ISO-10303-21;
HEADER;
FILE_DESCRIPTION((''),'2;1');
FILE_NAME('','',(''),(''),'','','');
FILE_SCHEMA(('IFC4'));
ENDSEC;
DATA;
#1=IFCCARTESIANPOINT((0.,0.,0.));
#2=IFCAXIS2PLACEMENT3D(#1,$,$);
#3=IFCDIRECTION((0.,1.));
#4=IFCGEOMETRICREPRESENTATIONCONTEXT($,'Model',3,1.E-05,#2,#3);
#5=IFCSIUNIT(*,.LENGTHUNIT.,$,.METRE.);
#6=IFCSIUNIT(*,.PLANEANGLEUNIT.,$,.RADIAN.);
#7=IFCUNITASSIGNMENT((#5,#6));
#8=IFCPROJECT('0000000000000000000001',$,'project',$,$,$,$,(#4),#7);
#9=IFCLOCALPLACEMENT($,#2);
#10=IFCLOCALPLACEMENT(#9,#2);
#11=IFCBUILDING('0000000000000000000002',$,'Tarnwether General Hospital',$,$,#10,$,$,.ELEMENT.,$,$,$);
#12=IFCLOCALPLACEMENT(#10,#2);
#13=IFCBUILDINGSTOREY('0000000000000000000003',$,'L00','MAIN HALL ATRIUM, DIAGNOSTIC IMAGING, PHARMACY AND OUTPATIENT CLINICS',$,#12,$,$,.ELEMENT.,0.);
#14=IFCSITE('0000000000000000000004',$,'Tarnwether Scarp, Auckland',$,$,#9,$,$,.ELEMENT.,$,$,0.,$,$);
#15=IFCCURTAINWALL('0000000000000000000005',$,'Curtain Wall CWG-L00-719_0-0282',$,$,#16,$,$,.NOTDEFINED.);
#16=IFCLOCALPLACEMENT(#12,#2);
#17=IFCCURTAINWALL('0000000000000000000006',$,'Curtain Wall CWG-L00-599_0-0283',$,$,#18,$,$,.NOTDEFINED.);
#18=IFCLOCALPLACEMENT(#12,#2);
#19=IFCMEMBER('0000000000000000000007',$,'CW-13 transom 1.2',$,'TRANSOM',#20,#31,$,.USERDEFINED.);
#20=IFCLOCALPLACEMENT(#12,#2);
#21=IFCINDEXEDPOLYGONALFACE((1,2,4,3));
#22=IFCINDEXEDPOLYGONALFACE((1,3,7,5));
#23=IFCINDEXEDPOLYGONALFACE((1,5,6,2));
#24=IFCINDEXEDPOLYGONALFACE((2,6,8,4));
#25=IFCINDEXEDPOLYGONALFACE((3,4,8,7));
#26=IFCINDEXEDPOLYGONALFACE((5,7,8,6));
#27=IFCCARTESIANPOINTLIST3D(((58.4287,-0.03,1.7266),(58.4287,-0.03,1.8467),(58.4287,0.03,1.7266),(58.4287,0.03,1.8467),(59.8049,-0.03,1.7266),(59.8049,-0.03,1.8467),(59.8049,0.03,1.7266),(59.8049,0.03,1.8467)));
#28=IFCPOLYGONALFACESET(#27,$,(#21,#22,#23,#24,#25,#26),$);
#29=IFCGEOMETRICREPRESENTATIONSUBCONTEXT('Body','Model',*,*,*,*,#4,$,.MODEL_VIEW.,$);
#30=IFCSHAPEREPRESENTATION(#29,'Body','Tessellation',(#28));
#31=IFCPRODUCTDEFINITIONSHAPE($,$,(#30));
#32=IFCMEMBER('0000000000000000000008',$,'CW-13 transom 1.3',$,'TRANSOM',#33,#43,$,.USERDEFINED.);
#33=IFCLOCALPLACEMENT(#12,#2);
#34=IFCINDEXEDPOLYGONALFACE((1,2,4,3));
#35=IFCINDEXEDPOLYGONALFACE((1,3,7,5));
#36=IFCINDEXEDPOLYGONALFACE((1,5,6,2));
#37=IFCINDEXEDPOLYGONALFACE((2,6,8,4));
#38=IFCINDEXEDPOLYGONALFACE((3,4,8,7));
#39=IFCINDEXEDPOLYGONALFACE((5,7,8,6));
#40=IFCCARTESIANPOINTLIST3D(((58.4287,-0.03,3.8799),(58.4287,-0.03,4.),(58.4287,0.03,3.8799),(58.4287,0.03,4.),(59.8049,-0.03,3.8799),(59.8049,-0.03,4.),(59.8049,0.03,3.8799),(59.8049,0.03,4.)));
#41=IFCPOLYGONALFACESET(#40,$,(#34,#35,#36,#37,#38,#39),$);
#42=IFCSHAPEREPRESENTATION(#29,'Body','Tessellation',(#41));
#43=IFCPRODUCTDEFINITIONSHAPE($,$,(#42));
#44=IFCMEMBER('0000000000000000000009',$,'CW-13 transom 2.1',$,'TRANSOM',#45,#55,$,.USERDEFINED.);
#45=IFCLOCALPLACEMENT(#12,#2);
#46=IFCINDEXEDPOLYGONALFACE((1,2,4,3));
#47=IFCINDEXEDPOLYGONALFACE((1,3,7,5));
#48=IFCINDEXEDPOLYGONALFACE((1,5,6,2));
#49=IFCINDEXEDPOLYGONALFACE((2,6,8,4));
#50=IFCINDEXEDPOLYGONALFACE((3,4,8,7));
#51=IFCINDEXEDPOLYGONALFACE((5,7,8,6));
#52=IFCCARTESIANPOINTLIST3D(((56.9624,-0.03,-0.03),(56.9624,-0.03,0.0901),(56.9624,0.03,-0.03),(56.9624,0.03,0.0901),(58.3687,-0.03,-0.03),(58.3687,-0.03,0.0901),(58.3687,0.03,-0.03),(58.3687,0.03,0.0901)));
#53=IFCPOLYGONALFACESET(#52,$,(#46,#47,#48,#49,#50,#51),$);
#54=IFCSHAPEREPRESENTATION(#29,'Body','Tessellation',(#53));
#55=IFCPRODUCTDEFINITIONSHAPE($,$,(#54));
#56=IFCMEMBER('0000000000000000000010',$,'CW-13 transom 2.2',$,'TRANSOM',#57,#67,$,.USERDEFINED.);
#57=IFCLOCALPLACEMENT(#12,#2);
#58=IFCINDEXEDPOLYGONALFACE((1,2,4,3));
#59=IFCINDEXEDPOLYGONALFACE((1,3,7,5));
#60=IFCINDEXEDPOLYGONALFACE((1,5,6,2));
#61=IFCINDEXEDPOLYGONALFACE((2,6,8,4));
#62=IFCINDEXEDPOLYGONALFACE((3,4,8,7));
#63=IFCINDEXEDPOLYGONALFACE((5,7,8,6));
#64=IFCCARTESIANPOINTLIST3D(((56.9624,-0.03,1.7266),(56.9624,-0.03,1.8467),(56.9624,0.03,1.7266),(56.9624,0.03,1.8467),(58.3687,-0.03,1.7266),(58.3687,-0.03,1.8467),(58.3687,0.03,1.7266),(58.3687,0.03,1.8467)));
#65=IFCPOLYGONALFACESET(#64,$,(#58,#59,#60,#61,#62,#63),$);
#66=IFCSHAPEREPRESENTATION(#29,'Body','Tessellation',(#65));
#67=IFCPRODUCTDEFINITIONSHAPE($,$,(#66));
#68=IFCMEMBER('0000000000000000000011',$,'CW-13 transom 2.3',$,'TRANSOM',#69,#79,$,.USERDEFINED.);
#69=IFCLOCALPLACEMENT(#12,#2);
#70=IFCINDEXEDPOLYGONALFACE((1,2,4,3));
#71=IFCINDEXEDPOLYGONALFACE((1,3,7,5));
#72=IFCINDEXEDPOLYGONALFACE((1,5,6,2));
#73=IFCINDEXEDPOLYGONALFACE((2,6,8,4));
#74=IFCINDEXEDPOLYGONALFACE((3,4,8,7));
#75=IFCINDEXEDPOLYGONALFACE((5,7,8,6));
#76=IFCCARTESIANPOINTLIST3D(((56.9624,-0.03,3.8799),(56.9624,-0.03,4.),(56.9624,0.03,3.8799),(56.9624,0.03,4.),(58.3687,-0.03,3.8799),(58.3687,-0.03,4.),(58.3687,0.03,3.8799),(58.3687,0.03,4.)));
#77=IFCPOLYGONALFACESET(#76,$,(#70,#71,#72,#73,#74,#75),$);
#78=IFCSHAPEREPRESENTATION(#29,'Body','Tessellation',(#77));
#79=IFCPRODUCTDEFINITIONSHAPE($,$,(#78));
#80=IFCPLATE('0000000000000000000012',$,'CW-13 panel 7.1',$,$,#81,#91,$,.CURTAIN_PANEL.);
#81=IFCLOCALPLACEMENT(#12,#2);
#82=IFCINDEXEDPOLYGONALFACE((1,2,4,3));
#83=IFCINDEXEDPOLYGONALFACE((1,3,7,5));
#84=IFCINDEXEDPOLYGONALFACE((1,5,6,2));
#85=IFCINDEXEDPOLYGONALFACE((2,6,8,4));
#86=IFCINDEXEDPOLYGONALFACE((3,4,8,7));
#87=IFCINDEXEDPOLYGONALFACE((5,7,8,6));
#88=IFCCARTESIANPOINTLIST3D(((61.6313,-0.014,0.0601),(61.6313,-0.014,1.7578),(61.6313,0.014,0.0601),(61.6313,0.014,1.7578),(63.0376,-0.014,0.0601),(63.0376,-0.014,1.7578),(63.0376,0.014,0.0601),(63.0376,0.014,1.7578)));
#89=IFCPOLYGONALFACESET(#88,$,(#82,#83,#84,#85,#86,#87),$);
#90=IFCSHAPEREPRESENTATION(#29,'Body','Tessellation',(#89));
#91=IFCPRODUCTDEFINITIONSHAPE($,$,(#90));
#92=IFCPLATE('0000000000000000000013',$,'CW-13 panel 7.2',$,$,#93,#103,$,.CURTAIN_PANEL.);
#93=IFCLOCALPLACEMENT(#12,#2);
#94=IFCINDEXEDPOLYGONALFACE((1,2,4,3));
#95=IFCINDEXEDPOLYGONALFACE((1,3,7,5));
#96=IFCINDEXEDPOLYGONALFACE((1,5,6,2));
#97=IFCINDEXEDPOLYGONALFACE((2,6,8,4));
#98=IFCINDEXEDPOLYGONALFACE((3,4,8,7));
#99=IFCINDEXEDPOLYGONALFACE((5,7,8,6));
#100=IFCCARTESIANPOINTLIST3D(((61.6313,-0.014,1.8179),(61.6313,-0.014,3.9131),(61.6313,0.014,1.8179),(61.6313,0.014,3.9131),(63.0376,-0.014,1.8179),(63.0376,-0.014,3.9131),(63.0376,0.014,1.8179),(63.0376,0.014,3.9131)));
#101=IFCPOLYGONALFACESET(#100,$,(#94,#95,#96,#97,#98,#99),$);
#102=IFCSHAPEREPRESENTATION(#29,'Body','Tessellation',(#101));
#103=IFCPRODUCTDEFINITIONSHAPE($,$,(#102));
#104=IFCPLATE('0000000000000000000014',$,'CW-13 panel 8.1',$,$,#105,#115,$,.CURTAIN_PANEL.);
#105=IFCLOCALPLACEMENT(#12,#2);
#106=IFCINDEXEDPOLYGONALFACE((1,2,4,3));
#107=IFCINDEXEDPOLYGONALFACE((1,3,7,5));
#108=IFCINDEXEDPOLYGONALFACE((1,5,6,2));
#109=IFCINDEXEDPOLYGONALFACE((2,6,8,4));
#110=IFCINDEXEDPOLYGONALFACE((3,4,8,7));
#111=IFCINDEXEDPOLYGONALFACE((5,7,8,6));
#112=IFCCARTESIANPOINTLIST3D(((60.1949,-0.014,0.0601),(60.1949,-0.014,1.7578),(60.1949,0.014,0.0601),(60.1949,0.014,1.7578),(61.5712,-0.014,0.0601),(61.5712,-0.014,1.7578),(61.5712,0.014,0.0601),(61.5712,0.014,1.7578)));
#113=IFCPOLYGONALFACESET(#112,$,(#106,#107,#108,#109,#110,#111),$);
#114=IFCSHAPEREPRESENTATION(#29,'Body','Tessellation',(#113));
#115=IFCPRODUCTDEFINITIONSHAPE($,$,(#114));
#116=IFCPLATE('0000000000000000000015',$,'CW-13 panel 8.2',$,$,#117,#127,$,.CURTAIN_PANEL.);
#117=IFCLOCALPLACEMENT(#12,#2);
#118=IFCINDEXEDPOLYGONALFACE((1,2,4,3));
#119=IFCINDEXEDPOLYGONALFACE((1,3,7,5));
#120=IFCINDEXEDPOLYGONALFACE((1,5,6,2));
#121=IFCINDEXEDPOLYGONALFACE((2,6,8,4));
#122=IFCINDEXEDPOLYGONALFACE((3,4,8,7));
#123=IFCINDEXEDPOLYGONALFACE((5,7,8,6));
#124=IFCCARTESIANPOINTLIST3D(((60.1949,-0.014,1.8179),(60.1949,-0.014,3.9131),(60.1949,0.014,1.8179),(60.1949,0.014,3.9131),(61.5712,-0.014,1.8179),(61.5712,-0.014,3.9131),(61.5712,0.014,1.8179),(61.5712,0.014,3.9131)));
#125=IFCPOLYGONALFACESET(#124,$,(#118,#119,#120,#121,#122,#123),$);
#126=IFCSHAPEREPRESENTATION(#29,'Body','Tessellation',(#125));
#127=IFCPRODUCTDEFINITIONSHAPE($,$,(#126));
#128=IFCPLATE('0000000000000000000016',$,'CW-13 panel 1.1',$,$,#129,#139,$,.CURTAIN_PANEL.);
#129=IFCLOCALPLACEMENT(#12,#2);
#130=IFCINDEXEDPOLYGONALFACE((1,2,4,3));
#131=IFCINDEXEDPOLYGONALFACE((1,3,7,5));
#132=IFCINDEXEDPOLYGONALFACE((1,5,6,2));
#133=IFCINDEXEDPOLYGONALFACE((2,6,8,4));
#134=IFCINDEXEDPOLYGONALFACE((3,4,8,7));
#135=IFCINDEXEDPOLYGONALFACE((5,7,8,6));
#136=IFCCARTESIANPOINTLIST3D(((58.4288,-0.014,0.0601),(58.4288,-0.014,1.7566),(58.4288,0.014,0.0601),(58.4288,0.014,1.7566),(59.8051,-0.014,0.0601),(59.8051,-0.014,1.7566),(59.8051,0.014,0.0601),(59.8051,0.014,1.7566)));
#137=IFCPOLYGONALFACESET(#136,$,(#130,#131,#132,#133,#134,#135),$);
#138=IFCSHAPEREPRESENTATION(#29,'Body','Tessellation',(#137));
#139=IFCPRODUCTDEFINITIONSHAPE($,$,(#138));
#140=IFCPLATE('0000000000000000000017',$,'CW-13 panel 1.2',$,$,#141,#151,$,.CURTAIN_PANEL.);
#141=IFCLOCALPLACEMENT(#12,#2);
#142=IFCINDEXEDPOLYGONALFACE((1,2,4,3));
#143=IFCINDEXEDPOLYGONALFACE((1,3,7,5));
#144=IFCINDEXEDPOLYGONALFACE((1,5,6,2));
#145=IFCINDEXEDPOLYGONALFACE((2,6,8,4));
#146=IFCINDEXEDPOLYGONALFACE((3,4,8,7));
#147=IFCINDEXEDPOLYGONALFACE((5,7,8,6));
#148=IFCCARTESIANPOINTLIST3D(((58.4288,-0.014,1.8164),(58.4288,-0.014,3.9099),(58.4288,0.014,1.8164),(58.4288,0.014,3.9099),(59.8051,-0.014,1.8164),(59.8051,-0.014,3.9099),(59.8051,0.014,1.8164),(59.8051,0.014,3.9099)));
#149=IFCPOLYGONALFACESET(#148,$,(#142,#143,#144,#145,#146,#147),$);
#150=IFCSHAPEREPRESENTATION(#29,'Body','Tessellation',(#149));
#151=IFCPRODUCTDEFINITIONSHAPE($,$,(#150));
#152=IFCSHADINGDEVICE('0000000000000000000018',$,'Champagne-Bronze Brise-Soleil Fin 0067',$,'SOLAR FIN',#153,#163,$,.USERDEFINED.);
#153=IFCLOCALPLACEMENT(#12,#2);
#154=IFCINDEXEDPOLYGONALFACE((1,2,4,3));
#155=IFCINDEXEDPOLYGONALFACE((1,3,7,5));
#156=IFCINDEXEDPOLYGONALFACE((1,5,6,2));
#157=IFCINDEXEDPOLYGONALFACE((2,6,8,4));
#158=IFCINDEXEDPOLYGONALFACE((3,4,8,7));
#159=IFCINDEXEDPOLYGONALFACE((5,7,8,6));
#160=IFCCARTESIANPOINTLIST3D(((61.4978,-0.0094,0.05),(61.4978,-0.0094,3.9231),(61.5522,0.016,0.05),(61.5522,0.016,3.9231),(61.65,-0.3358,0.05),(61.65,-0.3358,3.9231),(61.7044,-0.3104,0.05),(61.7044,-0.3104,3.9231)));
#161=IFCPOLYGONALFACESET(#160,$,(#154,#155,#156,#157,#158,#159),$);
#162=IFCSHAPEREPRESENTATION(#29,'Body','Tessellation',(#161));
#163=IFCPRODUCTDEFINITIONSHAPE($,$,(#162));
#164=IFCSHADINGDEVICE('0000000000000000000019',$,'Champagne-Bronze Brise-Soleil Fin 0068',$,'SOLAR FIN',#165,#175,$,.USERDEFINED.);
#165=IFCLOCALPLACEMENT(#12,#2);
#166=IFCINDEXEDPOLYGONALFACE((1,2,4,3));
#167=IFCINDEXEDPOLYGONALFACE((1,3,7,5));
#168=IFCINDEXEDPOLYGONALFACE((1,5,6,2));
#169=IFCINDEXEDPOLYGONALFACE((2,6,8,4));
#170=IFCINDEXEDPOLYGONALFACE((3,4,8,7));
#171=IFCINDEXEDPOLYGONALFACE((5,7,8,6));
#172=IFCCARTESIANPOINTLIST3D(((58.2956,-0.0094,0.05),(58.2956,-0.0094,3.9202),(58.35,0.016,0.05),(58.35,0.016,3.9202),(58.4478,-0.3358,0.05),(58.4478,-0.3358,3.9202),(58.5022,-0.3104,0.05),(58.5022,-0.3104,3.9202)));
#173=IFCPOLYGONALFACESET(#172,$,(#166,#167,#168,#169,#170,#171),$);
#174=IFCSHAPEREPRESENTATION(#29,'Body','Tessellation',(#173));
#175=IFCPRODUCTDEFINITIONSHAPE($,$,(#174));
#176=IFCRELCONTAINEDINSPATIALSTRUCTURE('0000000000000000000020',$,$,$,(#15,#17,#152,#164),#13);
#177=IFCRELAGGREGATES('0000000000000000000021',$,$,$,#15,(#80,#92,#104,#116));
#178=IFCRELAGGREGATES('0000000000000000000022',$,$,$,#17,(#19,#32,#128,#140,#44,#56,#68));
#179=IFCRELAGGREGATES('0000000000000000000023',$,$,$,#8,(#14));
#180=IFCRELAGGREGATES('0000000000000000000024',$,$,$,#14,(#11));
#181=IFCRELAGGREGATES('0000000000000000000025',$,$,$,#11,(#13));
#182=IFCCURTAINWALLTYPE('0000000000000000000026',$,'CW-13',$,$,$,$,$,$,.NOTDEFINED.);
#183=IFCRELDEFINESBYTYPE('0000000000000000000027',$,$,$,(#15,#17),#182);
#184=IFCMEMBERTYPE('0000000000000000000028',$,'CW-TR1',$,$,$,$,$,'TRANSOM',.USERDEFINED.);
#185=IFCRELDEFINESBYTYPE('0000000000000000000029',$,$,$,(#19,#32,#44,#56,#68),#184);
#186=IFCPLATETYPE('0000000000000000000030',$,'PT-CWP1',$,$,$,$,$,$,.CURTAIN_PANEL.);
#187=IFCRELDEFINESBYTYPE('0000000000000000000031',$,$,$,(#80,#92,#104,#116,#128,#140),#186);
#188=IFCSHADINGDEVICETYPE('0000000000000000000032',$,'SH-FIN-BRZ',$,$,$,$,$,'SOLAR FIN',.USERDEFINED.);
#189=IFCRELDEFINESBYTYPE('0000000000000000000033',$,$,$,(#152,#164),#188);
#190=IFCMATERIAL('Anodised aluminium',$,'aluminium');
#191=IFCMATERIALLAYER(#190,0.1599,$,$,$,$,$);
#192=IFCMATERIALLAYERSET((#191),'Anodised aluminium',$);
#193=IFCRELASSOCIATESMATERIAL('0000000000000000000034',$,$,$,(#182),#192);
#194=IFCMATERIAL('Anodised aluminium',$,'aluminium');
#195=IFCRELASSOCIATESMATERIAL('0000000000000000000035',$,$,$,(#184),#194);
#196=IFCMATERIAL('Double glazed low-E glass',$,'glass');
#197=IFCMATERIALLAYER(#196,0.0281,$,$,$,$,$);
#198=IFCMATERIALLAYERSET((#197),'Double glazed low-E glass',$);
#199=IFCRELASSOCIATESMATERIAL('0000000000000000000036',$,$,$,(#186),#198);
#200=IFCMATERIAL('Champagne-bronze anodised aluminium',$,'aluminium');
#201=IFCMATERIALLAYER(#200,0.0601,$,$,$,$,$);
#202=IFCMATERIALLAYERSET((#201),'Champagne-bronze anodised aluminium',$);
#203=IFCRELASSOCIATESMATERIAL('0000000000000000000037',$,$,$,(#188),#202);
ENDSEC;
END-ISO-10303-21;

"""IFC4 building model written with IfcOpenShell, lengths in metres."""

from ifc_helpers import new_model, si_unit, direction, frame, origin, origin_2d, place, context, subcontext, project, spatial, rectangle, extrude, material, layer, layer_set, material_profile, profile_set, type_object, element, aggregate, save


model = new_model("IFC4")

# Units and contexts
model_context = context("Model", 3, precision=1e-05, world=origin(), true_north=direction((0.0, 1.0)))
body_context = subcontext(model_context, "Body", "Model", "MODEL_VIEW")
ifc_project = project(units=[si_unit("LENGTHUNIT", "METRE"), si_unit("PLANEANGLEUNIT", "RADIAN")], contexts=[model_context])

# Site, building, storey
site_placement = place(None, origin())
site = spatial("IfcSite", under=ifc_project, at=site_placement, Name="Tarnwether Scarp, Auckland", CompositionType="ELEMENT", RefElevation=0.0)
building_placement = place(site_placement, origin())
building = spatial("IfcBuilding", under=site, at=building_placement, Name="Tarnwether General Hospital", CompositionType="ELEMENT")
storey_placement = place(building_placement, origin())
storey = spatial("IfcBuildingStorey", under=building, at=storey_placement, Name="L00", Description="MAIN HALL ATRIUM, DIAGNOSTIC IMAGING, PHARMACY AND OUTPATIENT CLINICS", CompositionType="ELEMENT", Elevation=0.0)

# Curtain walls
ifc_material_1 = material(Name="Anodised aluminium", Category="aluminium")
ifc_layer_1 = layer(ifc_material_1, 0.1599)
ifc_layer_set_1 = layer_set([ifc_layer_1], Name="Anodised aluminium")
curtain_wall_type = type_object("IfcCurtainWallType", Name="CW-13", PredefinedType="NOTDEFINED", material=ifc_layer_set_1)
curtain_wall_1_placement = place(storey_placement, origin())
curtain_wall_1 = element("IfcCurtainWall", 1, at=curtain_wall_1_placement, inside=storey, type_object=curtain_wall_type, Name="Curtain Wall CWG-L00-719_0-0282", PredefinedType="NOTDEFINED")
curtain_wall_2_placement = place(storey_placement, origin())
curtain_wall_2 = element("IfcCurtainWall", 2, at=curtain_wall_2_placement, inside=storey, type_object=curtain_wall_type, Name="Curtain Wall CWG-L00-599_0-0283", PredefinedType="NOTDEFINED")

# Members
ifc_material_2 = material(Name="Anodised aluminium", Category="aluminium")
ifc_material_profile_1 = material_profile(ifc_material_2, rectangle(XDim=0.0601, YDim=0.1201, at=origin_2d()), Name="ALU-TRN-60x120")
ifc_profile_set_1 = profile_set([ifc_material_profile_1], Name="Anodised aluminium")
member_type_1 = type_object("IfcMemberType", Name="CW-TR1", ElementType="TRANSOM", PredefinedType="USERDEFINED", material=ifc_profile_set_1)
member_1_placement = place(storey_placement, frame((59.8049, 0.0, 1.7866), z_axis=(-1.0, 0.0, 0.0), x_axis=(0.0, -1.0, 0.0)))
member_1 = element("IfcMember", 3, at=member_1_placement, type_object=member_type_1, Name="CW-13 transom 1.2", ObjectType="TRANSOM", PredefinedType="USERDEFINED", context=body_context, shape_type="SweptSolid", body=[
    extrude(rectangle(XDim=0.0601, YDim=0.1201, at=origin_2d()), origin(), (0.0, 0.0, 1.0), 1.3762),
])
member_2_placement = place(storey_placement, frame((59.8049, 0.0, 3.9399), z_axis=(-1.0, 0.0, 0.0), x_axis=(0.0, -1.0, 0.0)))
member_2 = element("IfcMember", 4, at=member_2_placement, type_object=member_type_1, Name="CW-13 transom 1.3", ObjectType="TRANSOM", PredefinedType="USERDEFINED", context=body_context, shape_type="SweptSolid", body=[
    extrude(rectangle(XDim=0.0601, YDim=0.1201, at=origin_2d()), origin(), (0.0, 0.0, 1.0), 1.3762),
])
member_3_placement = place(storey_placement, frame((58.3687, 0.0, 0.03), z_axis=(-1.0, 0.0, 0.0), x_axis=(0.0, -1.0, 0.0)))
member_3 = element("IfcMember", 5, at=member_3_placement, type_object=member_type_1, Name="CW-13 transom 2.1", ObjectType="TRANSOM", PredefinedType="USERDEFINED", context=body_context, shape_type="SweptSolid", body=[
    extrude(rectangle(XDim=0.0601, YDim=0.1201, at=origin_2d()), origin(), (0.0, 0.0, 1.0), 1.4062),
])
member_4_placement = place(storey_placement, frame((58.3687, 0.0, 1.7866), z_axis=(-1.0, 0.0, 0.0), x_axis=(0.0, -1.0, 0.0)))
member_4 = element("IfcMember", 6, at=member_4_placement, type_object=member_type_1, Name="CW-13 transom 2.2", ObjectType="TRANSOM", PredefinedType="USERDEFINED", context=body_context, shape_type="SweptSolid", body=[
    extrude(rectangle(XDim=0.0601, YDim=0.1201, at=origin_2d()), origin(), (0.0, 0.0, 1.0), 1.4062),
])
member_5_placement = place(storey_placement, frame((58.3687, 0.0, 3.9399), z_axis=(-1.0, 0.0, 0.0), x_axis=(0.0, -1.0, 0.0)))
member_5 = element("IfcMember", 7, at=member_5_placement, type_object=member_type_1, Name="CW-13 transom 2.3", ObjectType="TRANSOM", PredefinedType="USERDEFINED", context=body_context, shape_type="SweptSolid", body=[
    extrude(rectangle(XDim=0.0601, YDim=0.1201, at=origin_2d()), origin(), (0.0, 0.0, 1.0), 1.4062),
])

# Plates
ifc_material_3 = material(Name="Double glazed low-E glass", Category="glass")
ifc_layer_2 = layer(ifc_material_3, 0.0281)
ifc_layer_set_2 = layer_set([ifc_layer_2], Name="Double glazed low-E glass")
plate_type = type_object("IfcPlateType", Name="PT-CWP1", PredefinedType="CURTAIN_PANEL", material=ifc_layer_set_2)
plate_1_placement = place(storey_placement, frame((62.3345, 0.0, 0.0601), z_axis=(0.0, 0.0, 1.0), x_axis=(-1.0, 0.0, 0.0)))
plate_1 = element("IfcPlate", 8, at=plate_1_placement, type_object=plate_type, Name="CW-13 panel 7.1", PredefinedType="CURTAIN_PANEL", context=body_context, shape_type="SweptSolid", body=[
    extrude(rectangle(XDim=1.4062, YDim=0.0281, at=origin_2d()), origin(), (0.0, 0.0, 1.0), 1.6978),
])
plate_2_placement = place(storey_placement, frame((62.3345, 0.0, 1.8179), z_axis=(0.0, 0.0, 1.0), x_axis=(-1.0, 0.0, 0.0)))
plate_2 = element("IfcPlate", 9, at=plate_2_placement, type_object=plate_type, Name="CW-13 panel 7.2", PredefinedType="CURTAIN_PANEL", context=body_context, shape_type="SweptSolid", body=[
    extrude(rectangle(XDim=1.4062, YDim=0.0281, at=origin_2d()), origin(), (0.0, 0.0, 1.0), 2.0952),
])
plate_3_placement = place(storey_placement, frame((60.8831, 0.0, 0.0601), z_axis=(0.0, 0.0, 1.0), x_axis=(-1.0, 0.0, 0.0)))
plate_3 = element("IfcPlate", 10, at=plate_3_placement, type_object=plate_type, Name="CW-13 panel 8.1", PredefinedType="CURTAIN_PANEL", context=body_context, shape_type="SweptSolid", body=[
    extrude(rectangle(XDim=1.3762, YDim=0.0281, at=origin_2d()), origin(), (0.0, 0.0, 1.0), 1.6978),
])
plate_4_placement = place(storey_placement, frame((60.8831, 0.0, 1.8179), z_axis=(0.0, 0.0, 1.0), x_axis=(-1.0, 0.0, 0.0)))
plate_4 = element("IfcPlate", 11, at=plate_4_placement, type_object=plate_type, Name="CW-13 panel 8.2", PredefinedType="CURTAIN_PANEL", context=body_context, shape_type="SweptSolid", body=[
    extrude(rectangle(XDim=1.3762, YDim=0.0281, at=origin_2d()), origin(), (0.0, 0.0, 1.0), 2.0952),
])
aggregate(curtain_wall_1, [plate_1, plate_2, plate_3, plate_4])
plate_5_placement = place(storey_placement, frame((59.1169, 0.0, 0.0601), z_axis=(0.0, 0.0, 1.0), x_axis=(-1.0, 0.0, 0.0)))
plate_5 = element("IfcPlate", 12, at=plate_5_placement, type_object=plate_type, Name="CW-13 panel 1.1", PredefinedType="CURTAIN_PANEL", context=body_context, shape_type="SweptSolid", body=[
    extrude(rectangle(XDim=1.3762, YDim=0.0281, at=origin_2d()), origin(), (0.0, 0.0, 1.0), 1.6965),
])
plate_6_placement = place(storey_placement, frame((59.1169, 0.0, 1.8164), z_axis=(0.0, 0.0, 1.0), x_axis=(-1.0, 0.0, 0.0)))
plate_6 = element("IfcPlate", 13, at=plate_6_placement, type_object=plate_type, Name="CW-13 panel 1.2", PredefinedType="CURTAIN_PANEL", context=body_context, shape_type="SweptSolid", body=[
    extrude(rectangle(XDim=1.3762, YDim=0.0281, at=origin_2d()), origin(), (0.0, 0.0, 1.0), 2.0935),
])
aggregate(curtain_wall_2, [member_1, member_2, plate_5, plate_6, member_3, member_4, member_5])

# Shading devices
ifc_material_4 = material(Name="Champagne-bronze anodised aluminium", Category="aluminium")
ifc_layer_3 = layer(ifc_material_4, 0.0601)
ifc_layer_set_3 = layer_set([ifc_layer_3], Name="Champagne-bronze anodised aluminium")
shading_device_type = type_object("IfcShadingDeviceType", Name="SH-FIN-BRZ", ElementType="SOLAR FIN", PredefinedType="USERDEFINED", material=ifc_layer_set_3)
shading_device_1_placement = place(storey_placement, frame((61.6011, -0.1599, 0.05), z_axis=(0.0, 0.0, 1.0), x_axis=(-0.906308, -0.422618, 0.0)))
element("IfcShadingDevice", 14, at=shading_device_1_placement, inside=storey, type_object=shading_device_type, Name="Champagne-Bronze Brise-Soleil Fin 0067", ObjectType="SOLAR FIN", PredefinedType="USERDEFINED", context=body_context, shape_type="SweptSolid", body=[
    extrude(rectangle(XDim=0.0601, YDim=0.3601, at=origin_2d()), origin(), (0.0, 0.0, 1.0), 3.873),
])
shading_device_2_placement = place(storey_placement, frame((58.3989, -0.1599, 0.05), z_axis=(0.0, 0.0, 1.0), x_axis=(-0.906308, -0.422618, 0.0)))
element("IfcShadingDevice", 15, at=shading_device_2_placement, inside=storey, type_object=shading_device_type, Name="Champagne-Bronze Brise-Soleil Fin 0068", ObjectType="SOLAR FIN", PredefinedType="USERDEFINED", context=body_context, shape_type="SweptSolid", body=[
    extrude(rectangle(XDim=0.0601, YDim=0.3601, at=origin_2d()), origin(), (0.0, 0.0, 1.0), 3.8701),
])

save(model, "model.ifc")
